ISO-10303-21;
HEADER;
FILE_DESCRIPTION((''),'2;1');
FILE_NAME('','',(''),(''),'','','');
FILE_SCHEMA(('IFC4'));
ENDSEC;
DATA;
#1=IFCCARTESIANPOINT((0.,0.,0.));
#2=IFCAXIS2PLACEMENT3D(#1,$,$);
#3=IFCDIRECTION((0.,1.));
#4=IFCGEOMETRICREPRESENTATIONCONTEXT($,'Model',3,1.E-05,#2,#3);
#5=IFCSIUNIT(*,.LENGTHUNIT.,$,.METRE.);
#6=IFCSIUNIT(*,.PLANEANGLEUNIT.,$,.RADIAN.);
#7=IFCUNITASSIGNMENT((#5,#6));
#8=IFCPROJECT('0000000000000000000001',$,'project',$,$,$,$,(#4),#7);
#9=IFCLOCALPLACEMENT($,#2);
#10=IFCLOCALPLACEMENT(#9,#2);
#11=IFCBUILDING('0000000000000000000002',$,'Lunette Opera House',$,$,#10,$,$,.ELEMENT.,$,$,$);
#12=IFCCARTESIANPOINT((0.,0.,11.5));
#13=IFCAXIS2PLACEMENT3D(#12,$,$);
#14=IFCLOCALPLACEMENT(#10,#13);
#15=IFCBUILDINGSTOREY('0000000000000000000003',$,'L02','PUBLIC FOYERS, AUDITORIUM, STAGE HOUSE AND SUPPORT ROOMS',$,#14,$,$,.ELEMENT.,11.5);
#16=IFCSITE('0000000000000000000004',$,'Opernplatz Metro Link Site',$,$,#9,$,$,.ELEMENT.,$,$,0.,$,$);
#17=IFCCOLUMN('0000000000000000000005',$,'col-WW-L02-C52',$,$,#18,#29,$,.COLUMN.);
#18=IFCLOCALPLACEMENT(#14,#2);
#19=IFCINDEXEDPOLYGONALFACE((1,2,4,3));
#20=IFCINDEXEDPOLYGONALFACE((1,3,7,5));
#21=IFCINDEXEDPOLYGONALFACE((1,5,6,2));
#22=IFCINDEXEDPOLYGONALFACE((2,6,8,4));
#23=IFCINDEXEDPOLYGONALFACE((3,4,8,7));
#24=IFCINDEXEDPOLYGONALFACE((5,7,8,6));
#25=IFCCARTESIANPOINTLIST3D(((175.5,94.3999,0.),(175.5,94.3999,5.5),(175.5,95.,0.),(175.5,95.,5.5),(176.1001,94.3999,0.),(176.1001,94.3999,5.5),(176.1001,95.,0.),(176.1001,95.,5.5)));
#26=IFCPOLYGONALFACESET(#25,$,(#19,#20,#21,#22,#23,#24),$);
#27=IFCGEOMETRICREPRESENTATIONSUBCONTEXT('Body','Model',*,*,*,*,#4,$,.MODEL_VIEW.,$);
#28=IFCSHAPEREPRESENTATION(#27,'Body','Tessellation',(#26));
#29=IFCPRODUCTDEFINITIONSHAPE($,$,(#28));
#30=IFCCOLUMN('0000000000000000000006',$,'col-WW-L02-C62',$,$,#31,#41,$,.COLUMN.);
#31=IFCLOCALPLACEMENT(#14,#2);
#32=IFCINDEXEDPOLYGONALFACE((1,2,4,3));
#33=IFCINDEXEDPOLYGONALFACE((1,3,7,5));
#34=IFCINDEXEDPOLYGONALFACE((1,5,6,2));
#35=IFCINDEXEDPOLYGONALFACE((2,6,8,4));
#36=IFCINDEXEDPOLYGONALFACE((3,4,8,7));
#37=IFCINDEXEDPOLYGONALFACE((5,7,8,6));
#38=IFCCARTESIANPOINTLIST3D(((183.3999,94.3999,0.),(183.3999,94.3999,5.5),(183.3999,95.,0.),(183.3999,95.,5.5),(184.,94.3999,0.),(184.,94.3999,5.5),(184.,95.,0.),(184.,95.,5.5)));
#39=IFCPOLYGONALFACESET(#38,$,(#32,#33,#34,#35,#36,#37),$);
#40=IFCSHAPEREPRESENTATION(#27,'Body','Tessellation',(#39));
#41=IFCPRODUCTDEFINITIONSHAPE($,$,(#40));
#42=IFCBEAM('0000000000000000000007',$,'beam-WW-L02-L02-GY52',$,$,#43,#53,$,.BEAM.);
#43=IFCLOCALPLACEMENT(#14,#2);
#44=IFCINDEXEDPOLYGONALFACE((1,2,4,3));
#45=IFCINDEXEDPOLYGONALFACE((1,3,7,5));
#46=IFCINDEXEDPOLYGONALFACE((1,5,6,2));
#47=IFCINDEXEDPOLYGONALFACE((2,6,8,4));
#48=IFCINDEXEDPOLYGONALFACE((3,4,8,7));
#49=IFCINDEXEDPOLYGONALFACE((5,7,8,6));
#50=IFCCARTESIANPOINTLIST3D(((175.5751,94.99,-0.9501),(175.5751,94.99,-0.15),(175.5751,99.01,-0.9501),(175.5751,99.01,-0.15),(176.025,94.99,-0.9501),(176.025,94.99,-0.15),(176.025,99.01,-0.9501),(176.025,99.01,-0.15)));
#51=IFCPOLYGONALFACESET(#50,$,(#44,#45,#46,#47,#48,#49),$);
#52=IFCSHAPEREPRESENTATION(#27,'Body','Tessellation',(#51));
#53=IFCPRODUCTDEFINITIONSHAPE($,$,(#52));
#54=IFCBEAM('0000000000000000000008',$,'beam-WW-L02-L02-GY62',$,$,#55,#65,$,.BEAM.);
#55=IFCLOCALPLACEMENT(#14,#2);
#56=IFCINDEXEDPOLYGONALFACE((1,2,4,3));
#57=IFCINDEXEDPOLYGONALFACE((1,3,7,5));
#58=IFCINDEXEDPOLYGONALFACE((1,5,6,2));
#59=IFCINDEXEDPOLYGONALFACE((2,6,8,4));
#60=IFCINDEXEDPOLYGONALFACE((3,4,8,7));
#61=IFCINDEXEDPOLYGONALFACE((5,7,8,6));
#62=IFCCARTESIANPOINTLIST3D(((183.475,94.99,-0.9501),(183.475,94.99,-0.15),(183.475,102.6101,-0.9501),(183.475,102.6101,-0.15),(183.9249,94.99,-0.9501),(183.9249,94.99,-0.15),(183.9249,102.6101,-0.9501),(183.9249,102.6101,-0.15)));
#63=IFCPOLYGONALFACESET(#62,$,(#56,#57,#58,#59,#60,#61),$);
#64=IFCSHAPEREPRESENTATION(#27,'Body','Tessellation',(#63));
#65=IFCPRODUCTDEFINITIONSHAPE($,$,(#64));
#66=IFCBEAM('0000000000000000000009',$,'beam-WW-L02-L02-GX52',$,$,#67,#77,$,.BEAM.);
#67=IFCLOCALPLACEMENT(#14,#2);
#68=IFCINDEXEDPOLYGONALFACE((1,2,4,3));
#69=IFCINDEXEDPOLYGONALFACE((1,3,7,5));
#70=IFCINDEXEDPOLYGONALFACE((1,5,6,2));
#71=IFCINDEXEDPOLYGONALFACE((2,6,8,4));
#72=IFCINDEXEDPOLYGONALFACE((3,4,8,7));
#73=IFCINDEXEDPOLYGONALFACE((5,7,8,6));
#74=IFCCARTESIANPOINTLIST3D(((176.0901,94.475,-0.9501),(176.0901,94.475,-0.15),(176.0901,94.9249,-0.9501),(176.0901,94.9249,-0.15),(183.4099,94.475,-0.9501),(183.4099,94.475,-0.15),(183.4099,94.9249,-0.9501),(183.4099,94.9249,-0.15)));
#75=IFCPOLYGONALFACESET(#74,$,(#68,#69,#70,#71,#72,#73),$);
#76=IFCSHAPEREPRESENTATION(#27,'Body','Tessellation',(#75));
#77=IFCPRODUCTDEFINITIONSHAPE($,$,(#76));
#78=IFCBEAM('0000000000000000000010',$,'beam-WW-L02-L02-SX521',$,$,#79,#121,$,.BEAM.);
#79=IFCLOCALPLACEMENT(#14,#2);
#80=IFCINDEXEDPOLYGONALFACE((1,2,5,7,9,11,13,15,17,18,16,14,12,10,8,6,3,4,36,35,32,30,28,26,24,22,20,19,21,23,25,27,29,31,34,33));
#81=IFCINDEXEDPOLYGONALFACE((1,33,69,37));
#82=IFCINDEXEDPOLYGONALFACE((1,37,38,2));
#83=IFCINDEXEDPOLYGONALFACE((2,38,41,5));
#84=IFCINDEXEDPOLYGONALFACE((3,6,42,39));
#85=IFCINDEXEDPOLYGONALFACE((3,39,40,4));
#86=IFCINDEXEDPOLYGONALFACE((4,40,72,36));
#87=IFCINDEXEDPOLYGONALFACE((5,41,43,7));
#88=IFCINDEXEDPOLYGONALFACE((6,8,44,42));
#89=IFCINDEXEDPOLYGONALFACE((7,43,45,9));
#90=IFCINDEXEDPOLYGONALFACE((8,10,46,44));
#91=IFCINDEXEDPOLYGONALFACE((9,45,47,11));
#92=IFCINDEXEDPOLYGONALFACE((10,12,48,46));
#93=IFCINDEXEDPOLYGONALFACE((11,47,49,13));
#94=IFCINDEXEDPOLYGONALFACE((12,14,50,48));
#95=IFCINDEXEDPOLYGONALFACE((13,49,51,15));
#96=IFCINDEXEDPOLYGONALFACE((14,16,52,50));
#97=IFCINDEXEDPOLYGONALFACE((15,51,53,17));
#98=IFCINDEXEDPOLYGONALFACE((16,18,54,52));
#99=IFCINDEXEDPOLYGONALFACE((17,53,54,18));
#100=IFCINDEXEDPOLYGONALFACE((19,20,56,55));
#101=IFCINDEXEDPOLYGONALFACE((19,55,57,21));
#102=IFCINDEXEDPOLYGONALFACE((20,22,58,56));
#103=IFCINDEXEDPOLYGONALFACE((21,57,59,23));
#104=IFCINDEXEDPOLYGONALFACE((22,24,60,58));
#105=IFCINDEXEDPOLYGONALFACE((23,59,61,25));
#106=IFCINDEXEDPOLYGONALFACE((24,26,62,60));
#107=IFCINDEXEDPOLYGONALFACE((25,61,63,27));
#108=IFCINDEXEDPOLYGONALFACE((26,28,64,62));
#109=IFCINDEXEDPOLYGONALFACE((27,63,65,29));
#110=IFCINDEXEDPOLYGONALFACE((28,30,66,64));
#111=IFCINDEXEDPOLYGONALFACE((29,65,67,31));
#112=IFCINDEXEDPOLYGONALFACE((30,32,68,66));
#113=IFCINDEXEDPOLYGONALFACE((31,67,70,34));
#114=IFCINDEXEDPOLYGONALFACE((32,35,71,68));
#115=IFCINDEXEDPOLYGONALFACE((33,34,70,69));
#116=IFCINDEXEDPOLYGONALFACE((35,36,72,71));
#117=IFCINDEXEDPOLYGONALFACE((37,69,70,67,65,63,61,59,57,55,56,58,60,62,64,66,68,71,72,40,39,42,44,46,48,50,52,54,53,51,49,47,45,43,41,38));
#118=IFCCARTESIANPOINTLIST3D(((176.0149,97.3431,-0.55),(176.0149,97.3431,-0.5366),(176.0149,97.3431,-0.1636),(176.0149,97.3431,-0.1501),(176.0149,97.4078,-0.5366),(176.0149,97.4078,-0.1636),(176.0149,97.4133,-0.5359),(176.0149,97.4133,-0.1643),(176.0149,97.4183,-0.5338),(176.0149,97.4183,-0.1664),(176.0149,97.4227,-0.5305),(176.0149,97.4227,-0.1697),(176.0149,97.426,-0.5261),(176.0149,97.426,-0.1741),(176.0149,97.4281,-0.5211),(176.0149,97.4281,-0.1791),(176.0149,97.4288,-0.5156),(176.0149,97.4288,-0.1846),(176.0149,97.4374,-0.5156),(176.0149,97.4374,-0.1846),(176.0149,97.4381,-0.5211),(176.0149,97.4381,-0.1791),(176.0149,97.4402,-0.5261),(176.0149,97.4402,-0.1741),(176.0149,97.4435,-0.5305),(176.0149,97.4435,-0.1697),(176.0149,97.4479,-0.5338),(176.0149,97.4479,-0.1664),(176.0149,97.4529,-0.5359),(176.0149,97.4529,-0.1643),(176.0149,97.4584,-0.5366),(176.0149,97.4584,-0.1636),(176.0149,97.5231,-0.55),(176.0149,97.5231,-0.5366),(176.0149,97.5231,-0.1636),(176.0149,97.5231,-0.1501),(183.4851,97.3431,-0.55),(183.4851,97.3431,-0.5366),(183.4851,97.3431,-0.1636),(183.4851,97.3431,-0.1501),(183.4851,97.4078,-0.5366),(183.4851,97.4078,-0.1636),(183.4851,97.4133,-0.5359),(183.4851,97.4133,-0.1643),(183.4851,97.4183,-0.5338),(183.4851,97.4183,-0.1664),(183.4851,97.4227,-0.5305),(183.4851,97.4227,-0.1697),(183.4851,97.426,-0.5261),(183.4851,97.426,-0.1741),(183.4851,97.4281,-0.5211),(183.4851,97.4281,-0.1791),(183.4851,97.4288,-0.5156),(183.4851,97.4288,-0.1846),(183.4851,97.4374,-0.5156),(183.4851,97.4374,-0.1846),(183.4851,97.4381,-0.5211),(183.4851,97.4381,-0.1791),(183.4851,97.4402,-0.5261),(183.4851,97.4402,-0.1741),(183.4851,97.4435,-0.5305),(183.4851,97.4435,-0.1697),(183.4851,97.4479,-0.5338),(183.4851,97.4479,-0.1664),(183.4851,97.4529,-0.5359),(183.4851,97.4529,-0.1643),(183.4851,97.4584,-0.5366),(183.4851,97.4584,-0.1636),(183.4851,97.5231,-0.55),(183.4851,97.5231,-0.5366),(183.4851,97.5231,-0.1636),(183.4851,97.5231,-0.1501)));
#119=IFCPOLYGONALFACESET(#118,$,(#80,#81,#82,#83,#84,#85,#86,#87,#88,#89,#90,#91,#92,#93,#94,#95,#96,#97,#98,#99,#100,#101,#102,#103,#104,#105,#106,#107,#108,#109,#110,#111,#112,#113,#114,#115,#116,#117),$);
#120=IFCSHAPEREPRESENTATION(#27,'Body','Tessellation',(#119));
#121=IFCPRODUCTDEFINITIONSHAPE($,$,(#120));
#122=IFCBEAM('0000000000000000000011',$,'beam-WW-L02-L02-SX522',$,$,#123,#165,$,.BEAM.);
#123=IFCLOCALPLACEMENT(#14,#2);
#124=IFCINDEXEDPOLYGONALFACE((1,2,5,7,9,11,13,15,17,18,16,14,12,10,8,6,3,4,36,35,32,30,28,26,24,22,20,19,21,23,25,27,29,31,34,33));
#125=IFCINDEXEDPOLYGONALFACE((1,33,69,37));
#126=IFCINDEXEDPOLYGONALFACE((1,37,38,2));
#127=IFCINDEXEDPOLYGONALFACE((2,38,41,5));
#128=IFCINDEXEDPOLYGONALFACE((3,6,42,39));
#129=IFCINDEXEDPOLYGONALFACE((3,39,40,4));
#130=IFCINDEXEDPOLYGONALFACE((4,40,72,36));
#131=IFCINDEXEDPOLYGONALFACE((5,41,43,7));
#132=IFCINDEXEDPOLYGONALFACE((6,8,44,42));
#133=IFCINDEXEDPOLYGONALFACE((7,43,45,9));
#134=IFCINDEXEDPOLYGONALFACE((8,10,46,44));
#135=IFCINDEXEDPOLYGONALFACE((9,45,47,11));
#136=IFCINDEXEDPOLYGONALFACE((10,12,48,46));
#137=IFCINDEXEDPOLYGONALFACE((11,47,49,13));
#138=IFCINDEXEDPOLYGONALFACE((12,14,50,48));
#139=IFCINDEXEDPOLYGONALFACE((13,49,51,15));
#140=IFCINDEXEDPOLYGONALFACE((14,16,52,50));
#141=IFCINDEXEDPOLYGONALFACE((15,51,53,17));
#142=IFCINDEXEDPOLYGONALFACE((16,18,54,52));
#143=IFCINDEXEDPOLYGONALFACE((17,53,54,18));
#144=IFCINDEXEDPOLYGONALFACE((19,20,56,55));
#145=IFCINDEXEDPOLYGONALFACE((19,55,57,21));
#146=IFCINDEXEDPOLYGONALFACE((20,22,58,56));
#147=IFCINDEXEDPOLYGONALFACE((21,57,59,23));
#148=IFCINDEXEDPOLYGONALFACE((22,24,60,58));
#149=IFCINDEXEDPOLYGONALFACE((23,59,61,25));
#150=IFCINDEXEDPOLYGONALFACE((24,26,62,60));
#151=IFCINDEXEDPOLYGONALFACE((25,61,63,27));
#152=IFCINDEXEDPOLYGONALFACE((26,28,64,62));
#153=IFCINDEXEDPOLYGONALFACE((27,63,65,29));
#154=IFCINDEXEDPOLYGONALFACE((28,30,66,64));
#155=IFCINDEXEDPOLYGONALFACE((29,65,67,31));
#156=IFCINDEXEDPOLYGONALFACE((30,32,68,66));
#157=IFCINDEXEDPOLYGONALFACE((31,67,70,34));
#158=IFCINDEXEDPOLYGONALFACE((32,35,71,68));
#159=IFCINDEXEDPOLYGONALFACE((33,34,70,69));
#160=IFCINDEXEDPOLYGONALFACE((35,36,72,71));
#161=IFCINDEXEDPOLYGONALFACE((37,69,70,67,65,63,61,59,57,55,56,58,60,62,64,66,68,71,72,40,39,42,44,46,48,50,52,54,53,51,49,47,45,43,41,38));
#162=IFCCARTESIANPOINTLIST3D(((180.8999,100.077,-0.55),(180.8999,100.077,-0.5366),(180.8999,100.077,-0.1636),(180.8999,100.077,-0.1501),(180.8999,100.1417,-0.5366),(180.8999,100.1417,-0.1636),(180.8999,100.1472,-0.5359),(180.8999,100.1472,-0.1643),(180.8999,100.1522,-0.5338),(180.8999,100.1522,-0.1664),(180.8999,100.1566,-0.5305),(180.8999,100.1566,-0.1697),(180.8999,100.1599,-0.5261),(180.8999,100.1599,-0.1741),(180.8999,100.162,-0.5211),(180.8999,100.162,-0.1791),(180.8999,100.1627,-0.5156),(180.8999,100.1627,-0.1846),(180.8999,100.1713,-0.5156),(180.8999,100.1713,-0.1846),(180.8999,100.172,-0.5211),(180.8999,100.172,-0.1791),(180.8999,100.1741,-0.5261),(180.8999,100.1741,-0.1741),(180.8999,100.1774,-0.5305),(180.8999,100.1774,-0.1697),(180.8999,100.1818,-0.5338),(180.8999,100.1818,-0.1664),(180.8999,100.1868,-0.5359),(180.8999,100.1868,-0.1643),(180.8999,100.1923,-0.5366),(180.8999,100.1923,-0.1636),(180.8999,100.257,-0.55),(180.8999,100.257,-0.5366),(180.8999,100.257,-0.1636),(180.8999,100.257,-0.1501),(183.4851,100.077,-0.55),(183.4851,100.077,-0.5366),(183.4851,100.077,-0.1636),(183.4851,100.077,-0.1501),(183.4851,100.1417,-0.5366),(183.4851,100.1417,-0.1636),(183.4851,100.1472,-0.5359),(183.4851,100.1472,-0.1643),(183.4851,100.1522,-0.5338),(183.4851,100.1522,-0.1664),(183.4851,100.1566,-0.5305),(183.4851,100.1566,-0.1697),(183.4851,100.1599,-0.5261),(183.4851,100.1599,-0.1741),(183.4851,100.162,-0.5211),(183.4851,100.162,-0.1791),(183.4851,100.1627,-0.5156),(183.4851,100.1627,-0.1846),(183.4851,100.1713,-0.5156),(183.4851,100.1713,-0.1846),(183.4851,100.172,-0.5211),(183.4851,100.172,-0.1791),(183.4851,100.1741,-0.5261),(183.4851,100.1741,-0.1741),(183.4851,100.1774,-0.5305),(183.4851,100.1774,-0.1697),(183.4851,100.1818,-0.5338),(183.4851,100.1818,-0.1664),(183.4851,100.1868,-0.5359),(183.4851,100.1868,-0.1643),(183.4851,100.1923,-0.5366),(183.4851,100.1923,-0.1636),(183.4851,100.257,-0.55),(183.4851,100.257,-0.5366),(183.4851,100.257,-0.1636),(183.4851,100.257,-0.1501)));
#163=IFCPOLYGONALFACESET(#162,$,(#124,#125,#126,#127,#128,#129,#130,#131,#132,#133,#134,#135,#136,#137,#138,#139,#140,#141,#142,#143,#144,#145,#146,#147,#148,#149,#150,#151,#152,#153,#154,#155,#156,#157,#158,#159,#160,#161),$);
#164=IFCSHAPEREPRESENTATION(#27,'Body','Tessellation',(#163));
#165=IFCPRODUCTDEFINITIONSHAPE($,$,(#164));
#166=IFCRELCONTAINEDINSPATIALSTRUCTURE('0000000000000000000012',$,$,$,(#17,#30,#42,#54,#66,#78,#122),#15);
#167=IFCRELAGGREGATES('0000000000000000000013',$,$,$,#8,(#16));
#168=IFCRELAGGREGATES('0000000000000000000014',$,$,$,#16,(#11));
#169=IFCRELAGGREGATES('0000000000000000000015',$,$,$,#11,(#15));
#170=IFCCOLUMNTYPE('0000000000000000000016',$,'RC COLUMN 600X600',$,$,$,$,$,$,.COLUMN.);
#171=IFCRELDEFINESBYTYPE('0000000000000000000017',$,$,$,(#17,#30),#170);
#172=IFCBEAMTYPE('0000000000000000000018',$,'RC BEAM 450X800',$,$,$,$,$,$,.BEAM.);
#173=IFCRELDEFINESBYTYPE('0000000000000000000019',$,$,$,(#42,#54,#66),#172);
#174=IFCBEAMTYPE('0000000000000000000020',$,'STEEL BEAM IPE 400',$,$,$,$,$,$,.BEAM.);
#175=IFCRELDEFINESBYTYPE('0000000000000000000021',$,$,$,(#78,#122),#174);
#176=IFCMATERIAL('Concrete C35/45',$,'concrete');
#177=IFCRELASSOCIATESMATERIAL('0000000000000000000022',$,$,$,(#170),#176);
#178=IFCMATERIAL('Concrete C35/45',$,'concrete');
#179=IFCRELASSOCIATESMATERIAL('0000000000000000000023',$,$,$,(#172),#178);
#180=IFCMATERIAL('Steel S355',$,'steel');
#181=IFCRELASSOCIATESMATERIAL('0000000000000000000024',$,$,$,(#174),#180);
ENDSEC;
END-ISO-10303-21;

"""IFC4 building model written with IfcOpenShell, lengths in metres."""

from ifc_helpers import new_model, si_unit, direction, frame, origin, origin_2d, place, context, subcontext, project, spatial, rectangle, i_section, extrude, material, material_profile, profile_set, type_object, element, save


model = new_model("IFC4")

# Units and contexts
model_context = context("Model", 3, precision=1e-05, world=origin(), true_north=direction((0.0, 1.0)))
body_context = subcontext(model_context, "Body", "Model", "MODEL_VIEW")
ifc_project = project(units=[si_unit("LENGTHUNIT", "METRE"), si_unit("PLANEANGLEUNIT", "RADIAN")], contexts=[model_context])

# Site, building, storey
site_placement = place(None, origin())
site = spatial("IfcSite", under=ifc_project, at=site_placement, Name="Opernplatz Metro Link Site", CompositionType="ELEMENT", RefElevation=0.0)
building_placement = place(site_placement, origin())
building = spatial("IfcBuilding", under=site, at=building_placement, Name="Lunette Opera House", CompositionType="ELEMENT")
storey_placement = place(building_placement, frame((0.0, 0.0, 11.5)))
storey = spatial("IfcBuildingStorey", under=building, at=storey_placement, Name="L02", Description="PUBLIC FOYERS, AUDITORIUM, STAGE HOUSE AND SUPPORT ROOMS", CompositionType="ELEMENT", Elevation=11.5)

# Columns
ifc_material_1 = material(Name="Concrete C35/45", Category="concrete")
ifc_material_profile_1 = material_profile(ifc_material_1, rectangle(XDim=0.6001, YDim=0.6001, at=origin_2d()), Name="RC COLUMN 600X600")
ifc_profile_set_1 = profile_set([ifc_material_profile_1], Name="Concrete C35/45")
column_type = type_object("IfcColumnType", Name="RC COLUMN 600X600", PredefinedType="COLUMN", material=ifc_profile_set_1)
for number, where, z_axis, x_axis, name in (
    (1, (175.8, 94.7, 0.0), (0.0, 0.0, 1.0), (1.0, 0.0, 0.0), "col-WW-L02-C52"),
    (2, (183.7, 94.7, 0.0), (0.0, 0.0, 1.0), (1.0, 0.0, 0.0), "col-WW-L02-C62"),
):
    element("IfcColumn", number, at=place(storey_placement, frame(where, z_axis=z_axis, x_axis=x_axis)), inside=storey, type_object=column_type, Name=name, PredefinedType="COLUMN", context=body_context, shape_type="SweptSolid", body=[
        extrude(rectangle(XDim=0.6001, YDim=0.6001, at=origin_2d()), origin(), (0.0, 0.0, 1.0), 5.5),
    ])

# Beams
ifc_material_2 = material(Name="Concrete C35/45", Category="concrete")
ifc_material_profile_2 = material_profile(ifc_material_2, rectangle(XDim=0.45, YDim=0.8, at=origin_2d()), Name="RC BEAM 450X800")
ifc_profile_set_2 = profile_set([ifc_material_profile_2], Name="Concrete C35/45")
beam_type_1 = type_object("IfcBeamType", Name="RC BEAM 450X800", PredefinedType="BEAM", material=ifc_profile_set_2)
beam_1_placement = place(storey_placement, frame((175.8, 94.99, -0.55), z_axis=(0.0, 1.0, 0.0), x_axis=(-1.0, 0.0, 0.0)))
element("IfcBeam", 3, at=beam_1_placement, inside=storey, type_object=beam_type_1, Name="beam-WW-L02-L02-GY52", PredefinedType="BEAM", context=body_context, shape_type="SweptSolid", body=[
    extrude(rectangle(XDim=0.45, YDim=0.8, at=origin_2d()), origin(), (0.0, 0.0, 1.0), 4.02),
])
beam_2_placement = place(storey_placement, frame((183.7, 94.99, -0.55), z_axis=(0.0, 1.0, 0.0), x_axis=(-1.0, 0.0, 0.0)))
element("IfcBeam", 4, at=beam_2_placement, inside=storey, type_object=beam_type_1, Name="beam-WW-L02-L02-GY62", PredefinedType="BEAM", context=body_context, shape_type="SweptSolid", body=[
    extrude(rectangle(XDim=0.45, YDim=0.8, at=origin_2d()), origin(), (0.0, 0.0, 1.0), 7.6201),
])
beam_3_placement = place(storey_placement, frame((176.0901, 94.7, -0.55), z_axis=(1.0, 0.0, 0.0), x_axis=(0.0, 1.0, 0.0)))
element("IfcBeam", 5, at=beam_3_placement, inside=storey, type_object=beam_type_1, Name="beam-WW-L02-L02-GX52", PredefinedType="BEAM", context=body_context, shape_type="SweptSolid", body=[
    extrude(rectangle(XDim=0.45, YDim=0.8, at=origin_2d()), origin(), (0.0, 0.0, 1.0), 7.3198),
])
ifc_material_3 = material(Name="Steel S355", Category="steel")
ifc_material_profile_3 = material_profile(ifc_material_3, i_section(OverallWidth=0.1799, OverallDepth=0.3999, WebThickness=0.0085, FlangeThickness=0.0134, FilletRadius=0.021, at=origin_2d()), Name="IPE 400")
ifc_profile_set_3 = profile_set([ifc_material_profile_3], Name="Steel S355")
beam_type_2 = type_object("IfcBeamType", Name="STEEL BEAM IPE 400", PredefinedType="BEAM", material=ifc_profile_set_3)
beam_4_placement = place(storey_placement, frame((176.0149, 97.4331, -0.3501), z_axis=(1.0, 0.0, 0.0), x_axis=(0.0, 1.0, 0.0)))
element("IfcBeam", 6, at=beam_4_placement, inside=storey, type_object=beam_type_2, Name="beam-WW-L02-L02-SX521", PredefinedType="BEAM", context=body_context, shape_type="SweptSolid", body=[
    extrude(i_section(OverallWidth=0.1799, OverallDepth=0.3999, WebThickness=0.0085, FlangeThickness=0.0134, FilletRadius=0.021, at=origin_2d()), origin(), (0.0, 0.0, 1.0), 7.4702),
])
beam_5_placement = place(storey_placement, frame((180.8999, 100.167, -0.3501), z_axis=(1.0, 0.0, 0.0), x_axis=(0.0, 1.0, 0.0)))
element("IfcBeam", 7, at=beam_5_placement, inside=storey, type_object=beam_type_2, Name="beam-WW-L02-L02-SX522", PredefinedType="BEAM", context=body_context, shape_type="SweptSolid", body=[
    extrude(i_section(OverallWidth=0.1799, OverallDepth=0.3999, WebThickness=0.0085, FlangeThickness=0.0134, FilletRadius=0.021, at=origin_2d()), origin(), (0.0, 0.0, 1.0), 2.5852),
])

save(model, "model.ifc")
